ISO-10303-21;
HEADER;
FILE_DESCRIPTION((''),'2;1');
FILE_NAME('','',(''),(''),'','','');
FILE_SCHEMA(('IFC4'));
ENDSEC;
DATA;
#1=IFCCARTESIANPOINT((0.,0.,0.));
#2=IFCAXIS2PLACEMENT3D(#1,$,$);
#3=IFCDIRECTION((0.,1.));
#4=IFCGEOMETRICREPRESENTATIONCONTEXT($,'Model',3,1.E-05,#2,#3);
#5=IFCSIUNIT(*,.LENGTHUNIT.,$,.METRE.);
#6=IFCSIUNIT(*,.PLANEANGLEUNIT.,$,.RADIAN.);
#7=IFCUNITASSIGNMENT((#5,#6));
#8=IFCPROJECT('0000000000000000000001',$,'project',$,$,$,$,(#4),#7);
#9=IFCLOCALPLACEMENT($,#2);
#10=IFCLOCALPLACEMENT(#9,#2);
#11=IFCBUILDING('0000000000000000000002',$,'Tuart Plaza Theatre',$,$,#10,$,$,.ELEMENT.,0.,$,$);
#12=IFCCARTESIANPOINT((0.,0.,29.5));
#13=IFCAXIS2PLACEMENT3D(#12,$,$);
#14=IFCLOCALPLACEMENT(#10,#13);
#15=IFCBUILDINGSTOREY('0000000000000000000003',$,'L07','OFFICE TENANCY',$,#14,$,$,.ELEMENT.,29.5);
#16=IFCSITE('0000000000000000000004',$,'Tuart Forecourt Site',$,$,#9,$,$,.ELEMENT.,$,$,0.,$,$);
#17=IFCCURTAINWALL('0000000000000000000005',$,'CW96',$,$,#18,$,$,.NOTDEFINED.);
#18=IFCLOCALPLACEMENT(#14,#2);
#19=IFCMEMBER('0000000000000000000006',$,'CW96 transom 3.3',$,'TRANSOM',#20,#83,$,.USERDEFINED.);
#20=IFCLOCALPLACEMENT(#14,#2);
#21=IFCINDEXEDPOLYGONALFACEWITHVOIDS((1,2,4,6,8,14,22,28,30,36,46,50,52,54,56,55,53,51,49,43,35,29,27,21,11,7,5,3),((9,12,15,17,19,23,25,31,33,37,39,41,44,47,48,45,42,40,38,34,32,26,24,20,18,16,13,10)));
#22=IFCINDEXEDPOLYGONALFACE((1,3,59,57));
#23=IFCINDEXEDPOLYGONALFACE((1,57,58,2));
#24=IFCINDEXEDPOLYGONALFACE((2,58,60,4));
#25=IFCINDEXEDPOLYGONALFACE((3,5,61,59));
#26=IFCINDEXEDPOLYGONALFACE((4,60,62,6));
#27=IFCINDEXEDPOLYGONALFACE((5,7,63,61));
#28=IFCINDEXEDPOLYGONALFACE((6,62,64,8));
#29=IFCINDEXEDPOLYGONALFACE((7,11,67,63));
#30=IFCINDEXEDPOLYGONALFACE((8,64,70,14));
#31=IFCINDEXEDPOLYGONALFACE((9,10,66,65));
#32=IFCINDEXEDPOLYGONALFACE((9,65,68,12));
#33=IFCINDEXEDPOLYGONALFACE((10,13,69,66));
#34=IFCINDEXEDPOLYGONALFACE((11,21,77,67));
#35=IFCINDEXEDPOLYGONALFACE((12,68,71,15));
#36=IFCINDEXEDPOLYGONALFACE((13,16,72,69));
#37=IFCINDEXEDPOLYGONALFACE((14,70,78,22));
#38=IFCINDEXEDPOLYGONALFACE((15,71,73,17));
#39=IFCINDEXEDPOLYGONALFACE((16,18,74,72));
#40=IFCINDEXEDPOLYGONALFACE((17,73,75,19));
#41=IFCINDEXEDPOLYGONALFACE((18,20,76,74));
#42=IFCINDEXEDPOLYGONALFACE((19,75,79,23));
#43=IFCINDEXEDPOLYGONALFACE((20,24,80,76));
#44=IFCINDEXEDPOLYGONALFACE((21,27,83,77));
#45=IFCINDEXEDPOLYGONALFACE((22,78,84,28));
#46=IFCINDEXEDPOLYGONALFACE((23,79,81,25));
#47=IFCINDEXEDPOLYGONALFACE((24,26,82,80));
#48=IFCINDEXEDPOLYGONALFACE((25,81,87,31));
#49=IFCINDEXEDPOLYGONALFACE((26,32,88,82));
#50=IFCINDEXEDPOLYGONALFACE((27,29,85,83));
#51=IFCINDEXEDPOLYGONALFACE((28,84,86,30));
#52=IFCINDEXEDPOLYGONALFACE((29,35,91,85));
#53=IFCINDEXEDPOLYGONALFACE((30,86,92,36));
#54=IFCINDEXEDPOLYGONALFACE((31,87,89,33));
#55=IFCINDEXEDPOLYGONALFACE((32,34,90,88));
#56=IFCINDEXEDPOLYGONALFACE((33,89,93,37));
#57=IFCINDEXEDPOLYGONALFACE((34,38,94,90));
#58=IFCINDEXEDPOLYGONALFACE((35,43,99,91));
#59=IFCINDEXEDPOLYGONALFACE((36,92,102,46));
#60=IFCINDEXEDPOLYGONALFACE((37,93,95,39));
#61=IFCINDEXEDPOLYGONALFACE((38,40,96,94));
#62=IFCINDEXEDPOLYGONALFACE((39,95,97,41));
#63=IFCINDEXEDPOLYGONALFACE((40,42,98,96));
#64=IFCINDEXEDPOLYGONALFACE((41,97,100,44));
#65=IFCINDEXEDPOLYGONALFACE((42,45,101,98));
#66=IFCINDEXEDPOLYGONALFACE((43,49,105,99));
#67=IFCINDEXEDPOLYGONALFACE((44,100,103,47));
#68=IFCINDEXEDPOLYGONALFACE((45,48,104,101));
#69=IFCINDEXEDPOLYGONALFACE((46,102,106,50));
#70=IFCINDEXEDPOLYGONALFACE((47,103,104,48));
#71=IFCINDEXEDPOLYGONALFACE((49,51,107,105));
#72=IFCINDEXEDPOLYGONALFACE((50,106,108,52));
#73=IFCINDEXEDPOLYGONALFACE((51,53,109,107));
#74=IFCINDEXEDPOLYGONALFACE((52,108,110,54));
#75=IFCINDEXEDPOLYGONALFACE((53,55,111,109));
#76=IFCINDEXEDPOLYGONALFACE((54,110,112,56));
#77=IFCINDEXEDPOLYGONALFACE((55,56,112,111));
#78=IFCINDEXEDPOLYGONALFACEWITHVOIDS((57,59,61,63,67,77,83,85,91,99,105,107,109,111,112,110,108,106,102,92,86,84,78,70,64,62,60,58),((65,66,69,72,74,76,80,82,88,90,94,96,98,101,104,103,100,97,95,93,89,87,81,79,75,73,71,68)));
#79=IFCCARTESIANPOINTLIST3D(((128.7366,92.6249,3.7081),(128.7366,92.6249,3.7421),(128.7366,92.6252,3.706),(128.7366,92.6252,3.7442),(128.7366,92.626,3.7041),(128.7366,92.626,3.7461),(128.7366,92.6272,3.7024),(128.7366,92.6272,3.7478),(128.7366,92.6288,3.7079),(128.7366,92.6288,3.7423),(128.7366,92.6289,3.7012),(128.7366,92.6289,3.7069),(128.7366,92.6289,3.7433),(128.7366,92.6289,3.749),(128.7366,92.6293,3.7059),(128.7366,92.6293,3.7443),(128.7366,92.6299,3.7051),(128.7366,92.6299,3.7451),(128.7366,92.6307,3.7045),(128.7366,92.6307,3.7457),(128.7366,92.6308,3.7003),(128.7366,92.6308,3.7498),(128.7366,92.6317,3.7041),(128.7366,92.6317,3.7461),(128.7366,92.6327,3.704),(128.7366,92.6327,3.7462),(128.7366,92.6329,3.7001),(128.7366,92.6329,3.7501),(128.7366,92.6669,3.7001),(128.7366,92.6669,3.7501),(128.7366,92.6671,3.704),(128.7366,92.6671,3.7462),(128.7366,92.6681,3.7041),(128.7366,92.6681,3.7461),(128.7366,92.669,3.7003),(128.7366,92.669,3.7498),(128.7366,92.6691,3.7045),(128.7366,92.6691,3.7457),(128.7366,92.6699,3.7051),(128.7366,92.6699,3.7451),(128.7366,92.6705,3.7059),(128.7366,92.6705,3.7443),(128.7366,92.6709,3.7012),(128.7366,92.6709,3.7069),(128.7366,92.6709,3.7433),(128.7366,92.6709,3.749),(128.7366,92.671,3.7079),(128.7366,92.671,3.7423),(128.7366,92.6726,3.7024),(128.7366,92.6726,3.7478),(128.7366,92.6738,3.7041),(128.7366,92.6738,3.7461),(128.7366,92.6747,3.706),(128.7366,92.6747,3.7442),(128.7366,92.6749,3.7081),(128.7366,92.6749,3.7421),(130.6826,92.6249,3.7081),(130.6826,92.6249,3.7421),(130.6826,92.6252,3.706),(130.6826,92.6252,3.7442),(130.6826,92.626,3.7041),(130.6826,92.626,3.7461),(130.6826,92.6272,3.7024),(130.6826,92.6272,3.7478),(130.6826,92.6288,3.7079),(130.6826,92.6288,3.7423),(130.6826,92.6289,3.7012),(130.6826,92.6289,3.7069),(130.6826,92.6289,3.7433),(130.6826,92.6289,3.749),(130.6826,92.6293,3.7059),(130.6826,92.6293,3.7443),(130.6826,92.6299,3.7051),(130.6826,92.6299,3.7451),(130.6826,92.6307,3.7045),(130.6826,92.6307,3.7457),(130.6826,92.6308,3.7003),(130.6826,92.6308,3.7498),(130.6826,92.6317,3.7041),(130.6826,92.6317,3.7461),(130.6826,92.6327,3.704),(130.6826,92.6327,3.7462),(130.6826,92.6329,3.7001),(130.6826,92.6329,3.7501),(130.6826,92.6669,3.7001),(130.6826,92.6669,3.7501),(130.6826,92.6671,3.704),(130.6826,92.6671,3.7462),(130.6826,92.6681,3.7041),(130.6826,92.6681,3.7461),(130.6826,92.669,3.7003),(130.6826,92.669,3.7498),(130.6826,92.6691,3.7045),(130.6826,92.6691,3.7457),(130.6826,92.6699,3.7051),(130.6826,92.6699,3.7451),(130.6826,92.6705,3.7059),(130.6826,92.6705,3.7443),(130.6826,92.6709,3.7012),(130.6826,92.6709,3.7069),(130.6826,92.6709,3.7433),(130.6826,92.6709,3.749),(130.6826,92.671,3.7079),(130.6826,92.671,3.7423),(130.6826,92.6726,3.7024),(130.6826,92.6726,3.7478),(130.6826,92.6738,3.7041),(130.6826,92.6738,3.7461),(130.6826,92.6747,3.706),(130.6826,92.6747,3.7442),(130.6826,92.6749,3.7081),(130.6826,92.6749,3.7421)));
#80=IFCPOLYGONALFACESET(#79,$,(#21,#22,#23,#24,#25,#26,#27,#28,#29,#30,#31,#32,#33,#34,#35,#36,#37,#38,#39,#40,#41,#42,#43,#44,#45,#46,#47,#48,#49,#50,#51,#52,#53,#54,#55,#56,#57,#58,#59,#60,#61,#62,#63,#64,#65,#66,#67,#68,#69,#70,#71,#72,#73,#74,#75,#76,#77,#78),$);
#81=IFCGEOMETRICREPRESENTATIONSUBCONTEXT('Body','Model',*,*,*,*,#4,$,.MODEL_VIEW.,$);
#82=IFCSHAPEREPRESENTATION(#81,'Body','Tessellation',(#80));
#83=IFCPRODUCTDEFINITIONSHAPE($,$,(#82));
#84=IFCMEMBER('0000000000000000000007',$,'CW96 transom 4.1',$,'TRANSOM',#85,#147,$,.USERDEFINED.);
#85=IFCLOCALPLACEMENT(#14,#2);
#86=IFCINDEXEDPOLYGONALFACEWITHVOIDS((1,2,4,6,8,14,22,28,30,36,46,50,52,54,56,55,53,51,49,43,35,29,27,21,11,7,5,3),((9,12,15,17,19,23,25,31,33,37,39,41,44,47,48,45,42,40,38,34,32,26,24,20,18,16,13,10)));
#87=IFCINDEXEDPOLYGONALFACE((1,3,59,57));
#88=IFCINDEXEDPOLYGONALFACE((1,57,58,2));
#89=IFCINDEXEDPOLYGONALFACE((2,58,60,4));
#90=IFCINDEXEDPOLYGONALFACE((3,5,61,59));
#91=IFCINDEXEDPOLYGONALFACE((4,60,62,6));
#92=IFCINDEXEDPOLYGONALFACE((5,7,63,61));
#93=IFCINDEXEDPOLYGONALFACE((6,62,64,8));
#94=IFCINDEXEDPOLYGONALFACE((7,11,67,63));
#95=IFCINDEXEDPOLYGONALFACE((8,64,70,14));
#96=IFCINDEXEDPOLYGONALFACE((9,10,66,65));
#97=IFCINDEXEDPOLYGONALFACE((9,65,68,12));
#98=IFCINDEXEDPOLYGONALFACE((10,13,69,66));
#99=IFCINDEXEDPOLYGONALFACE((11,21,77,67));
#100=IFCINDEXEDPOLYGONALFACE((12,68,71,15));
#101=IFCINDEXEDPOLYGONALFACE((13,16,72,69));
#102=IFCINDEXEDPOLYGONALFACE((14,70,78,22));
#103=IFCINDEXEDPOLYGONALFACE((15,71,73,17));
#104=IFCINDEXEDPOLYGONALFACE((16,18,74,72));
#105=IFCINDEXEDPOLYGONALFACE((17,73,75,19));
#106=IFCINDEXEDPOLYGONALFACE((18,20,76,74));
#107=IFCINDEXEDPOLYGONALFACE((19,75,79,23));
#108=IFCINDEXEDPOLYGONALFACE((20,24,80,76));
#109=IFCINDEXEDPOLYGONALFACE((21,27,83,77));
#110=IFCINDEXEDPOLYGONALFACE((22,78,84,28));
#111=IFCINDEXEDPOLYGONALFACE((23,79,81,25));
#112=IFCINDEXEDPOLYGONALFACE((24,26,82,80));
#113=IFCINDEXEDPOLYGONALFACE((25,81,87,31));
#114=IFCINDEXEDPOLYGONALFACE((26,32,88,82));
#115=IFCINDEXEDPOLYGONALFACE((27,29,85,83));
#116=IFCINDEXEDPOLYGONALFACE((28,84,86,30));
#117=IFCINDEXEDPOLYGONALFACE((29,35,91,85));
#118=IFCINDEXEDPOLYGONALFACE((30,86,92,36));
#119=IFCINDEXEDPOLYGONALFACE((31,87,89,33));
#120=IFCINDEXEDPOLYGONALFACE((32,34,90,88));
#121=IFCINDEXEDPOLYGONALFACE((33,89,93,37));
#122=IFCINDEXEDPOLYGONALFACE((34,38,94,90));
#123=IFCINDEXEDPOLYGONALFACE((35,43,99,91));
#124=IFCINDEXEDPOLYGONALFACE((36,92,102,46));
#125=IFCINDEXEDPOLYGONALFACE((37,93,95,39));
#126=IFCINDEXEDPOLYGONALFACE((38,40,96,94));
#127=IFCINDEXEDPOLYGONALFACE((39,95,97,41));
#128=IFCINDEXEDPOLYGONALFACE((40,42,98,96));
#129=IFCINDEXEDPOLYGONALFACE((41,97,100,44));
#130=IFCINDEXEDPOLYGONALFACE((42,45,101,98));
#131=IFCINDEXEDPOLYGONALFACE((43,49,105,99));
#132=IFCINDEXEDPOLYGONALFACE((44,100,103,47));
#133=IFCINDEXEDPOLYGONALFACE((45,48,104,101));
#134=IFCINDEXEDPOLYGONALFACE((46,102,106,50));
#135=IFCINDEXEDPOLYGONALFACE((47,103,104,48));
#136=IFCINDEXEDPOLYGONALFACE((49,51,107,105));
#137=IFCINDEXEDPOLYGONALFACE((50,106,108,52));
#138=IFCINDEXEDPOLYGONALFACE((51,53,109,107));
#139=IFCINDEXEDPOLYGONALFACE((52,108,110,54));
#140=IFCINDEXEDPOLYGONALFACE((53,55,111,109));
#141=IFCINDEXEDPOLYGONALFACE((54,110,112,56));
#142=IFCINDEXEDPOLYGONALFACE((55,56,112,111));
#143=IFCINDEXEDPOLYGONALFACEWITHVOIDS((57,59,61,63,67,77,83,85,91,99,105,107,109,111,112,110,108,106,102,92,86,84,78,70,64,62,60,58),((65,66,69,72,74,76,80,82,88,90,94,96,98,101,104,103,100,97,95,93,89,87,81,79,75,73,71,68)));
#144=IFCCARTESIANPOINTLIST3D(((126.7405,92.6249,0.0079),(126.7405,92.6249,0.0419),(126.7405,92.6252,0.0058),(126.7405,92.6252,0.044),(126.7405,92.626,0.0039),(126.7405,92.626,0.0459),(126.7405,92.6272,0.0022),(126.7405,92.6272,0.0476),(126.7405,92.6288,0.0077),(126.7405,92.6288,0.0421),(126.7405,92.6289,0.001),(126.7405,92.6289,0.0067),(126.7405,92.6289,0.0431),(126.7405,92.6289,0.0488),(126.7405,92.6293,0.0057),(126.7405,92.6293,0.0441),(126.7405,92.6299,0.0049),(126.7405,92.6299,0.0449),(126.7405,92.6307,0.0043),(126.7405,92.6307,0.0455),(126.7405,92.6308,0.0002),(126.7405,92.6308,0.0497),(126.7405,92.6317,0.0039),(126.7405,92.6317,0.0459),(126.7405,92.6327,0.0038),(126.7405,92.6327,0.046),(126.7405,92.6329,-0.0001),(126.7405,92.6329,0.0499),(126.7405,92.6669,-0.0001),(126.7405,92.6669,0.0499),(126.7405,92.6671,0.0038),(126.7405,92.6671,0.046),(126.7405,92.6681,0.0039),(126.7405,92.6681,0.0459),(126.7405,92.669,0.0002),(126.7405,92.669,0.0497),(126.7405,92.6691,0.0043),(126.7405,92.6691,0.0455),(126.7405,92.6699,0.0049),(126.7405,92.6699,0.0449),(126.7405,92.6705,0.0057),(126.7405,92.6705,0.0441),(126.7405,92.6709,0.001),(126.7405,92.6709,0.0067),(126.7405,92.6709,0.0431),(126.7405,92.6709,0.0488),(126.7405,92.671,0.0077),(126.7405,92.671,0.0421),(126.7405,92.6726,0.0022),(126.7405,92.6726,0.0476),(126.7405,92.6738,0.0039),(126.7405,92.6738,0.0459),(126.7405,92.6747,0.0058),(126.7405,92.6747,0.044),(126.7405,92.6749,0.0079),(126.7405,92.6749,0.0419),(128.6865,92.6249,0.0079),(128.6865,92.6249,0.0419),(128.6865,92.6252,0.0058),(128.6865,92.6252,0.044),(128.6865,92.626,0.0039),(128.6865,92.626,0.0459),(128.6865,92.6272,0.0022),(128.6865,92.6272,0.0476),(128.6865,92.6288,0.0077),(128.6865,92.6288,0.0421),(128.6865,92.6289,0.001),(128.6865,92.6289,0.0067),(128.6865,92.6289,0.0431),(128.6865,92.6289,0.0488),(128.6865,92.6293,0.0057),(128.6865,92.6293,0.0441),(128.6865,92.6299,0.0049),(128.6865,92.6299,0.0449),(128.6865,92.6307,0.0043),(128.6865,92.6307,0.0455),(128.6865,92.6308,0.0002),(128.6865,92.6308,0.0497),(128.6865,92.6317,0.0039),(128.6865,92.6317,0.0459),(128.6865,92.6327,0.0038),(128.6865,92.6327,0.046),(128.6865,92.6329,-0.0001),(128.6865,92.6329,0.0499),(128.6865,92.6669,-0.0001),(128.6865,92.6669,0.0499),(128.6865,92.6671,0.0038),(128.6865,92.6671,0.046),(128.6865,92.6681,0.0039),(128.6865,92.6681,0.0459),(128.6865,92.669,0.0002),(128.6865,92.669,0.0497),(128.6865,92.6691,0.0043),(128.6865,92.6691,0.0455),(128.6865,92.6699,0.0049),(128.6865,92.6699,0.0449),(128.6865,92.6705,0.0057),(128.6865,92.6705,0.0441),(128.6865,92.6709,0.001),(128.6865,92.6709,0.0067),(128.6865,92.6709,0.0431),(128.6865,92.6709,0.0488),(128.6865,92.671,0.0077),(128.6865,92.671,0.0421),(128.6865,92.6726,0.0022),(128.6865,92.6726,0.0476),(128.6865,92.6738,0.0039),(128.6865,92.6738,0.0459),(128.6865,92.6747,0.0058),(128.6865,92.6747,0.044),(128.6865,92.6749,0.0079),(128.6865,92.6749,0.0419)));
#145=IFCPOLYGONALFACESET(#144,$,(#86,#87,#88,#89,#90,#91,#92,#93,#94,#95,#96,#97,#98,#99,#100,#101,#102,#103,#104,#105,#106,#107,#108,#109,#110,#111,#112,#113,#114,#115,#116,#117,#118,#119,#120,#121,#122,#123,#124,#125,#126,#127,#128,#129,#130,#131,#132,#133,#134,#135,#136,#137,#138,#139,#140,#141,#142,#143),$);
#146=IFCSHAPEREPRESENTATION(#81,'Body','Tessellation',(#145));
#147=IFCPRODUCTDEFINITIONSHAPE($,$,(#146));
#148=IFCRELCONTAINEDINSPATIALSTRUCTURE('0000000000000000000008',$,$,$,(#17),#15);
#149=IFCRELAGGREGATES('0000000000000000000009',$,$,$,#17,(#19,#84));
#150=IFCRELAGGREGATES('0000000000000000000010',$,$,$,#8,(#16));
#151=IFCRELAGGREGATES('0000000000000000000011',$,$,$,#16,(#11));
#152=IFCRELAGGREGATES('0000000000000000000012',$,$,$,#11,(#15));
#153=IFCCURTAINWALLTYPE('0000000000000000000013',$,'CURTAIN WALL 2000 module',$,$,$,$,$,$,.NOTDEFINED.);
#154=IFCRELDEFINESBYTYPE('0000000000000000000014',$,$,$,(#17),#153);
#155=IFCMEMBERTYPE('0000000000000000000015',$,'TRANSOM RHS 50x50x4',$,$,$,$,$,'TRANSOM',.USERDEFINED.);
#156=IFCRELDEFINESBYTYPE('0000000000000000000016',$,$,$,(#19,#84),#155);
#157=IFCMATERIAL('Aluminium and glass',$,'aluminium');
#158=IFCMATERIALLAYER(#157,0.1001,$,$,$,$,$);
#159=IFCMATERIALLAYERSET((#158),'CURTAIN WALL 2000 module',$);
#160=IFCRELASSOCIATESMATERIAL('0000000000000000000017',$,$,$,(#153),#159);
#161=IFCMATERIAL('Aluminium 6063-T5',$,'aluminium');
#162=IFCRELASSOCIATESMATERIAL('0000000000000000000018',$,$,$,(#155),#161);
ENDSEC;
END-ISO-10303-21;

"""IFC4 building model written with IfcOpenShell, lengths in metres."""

from ifc_helpers import new_model, si_unit, direction, frame, origin, origin_2d, place, context, subcontext, project, spatial, hollow_rectangle, extrude, material, layer, layer_set, material_profile, profile_set, type_object, element, aggregate, save


model = new_model("IFC4")

# Units and contexts
model_context = context("Model", 3, precision=1e-05, world=origin(), true_north=direction((0.0, 1.0)))
body_context = subcontext(model_context, "Body", "Model", "MODEL_VIEW")
ifc_project = project(units=[si_unit("LENGTHUNIT", "METRE"), si_unit("PLANEANGLEUNIT", "RADIAN")], contexts=[model_context])

# Site, building, storey
site_placement = place(None, origin())
site = spatial("IfcSite", under=ifc_project, at=site_placement, Name="Tuart Forecourt Site", CompositionType="ELEMENT", RefElevation=0.0)
building_placement = place(site_placement, origin())
building = spatial("IfcBuilding", under=site, at=building_placement, Name="Tuart Plaza Theatre", CompositionType="ELEMENT", ElevationOfRefHeight=0.0)
storey_placement = place(building_placement, frame((0.0, 0.0, 29.5)))
storey = spatial("IfcBuildingStorey", under=building, at=storey_placement, Name="L07", Description="OFFICE TENANCY", CompositionType="ELEMENT", Elevation=29.5)

# Curtain wall, members
ifc_material_1 = material(Name="Aluminium and glass", Category="aluminium")
ifc_layer_1 = layer(ifc_material_1, 0.1001)
ifc_layer_set_1 = layer_set([ifc_layer_1], Name="CURTAIN WALL 2000 module")
curtain_wall_type = type_object("IfcCurtainWallType", Name="CURTAIN WALL 2000 module", PredefinedType="NOTDEFINED", material=ifc_layer_set_1)
curtain_wall_placement = place(storey_placement, origin())
curtain_wall = element("IfcCurtainWall", 1, at=curtain_wall_placement, inside=storey, type_object=curtain_wall_type, Name="CW96", PredefinedType="NOTDEFINED")
ifc_material_2 = material(Name="Aluminium 6063-T5", Category="aluminium")
ifc_material_profile_1 = material_profile(ifc_material_2, hollow_rectangle(XDim=0.05, YDim=0.05, WallThickness=0.0039, InnerFilletRadius=0.0039, OuterFilletRadius=0.0081, at=origin_2d()), Name="RHS 50x50x4")
ifc_profile_set_1 = profile_set([ifc_material_profile_1], Name="Aluminium 6063-T5")
member_type_1 = type_object("IfcMemberType", Name="TRANSOM RHS 50x50x4", ElementType="TRANSOM", PredefinedType="USERDEFINED", material=ifc_profile_set_1)
member_1_placement = place(storey_placement, frame((130.6826, 92.6499, 3.7251), z_axis=(-1.0, 0.0, 0.0), x_axis=(0.0, -1.0, 0.0)))
member_1 = element("IfcMember", 2, at=member_1_placement, type_object=member_type_1, Name="CW96 transom 3.3", ObjectType="TRANSOM", PredefinedType="USERDEFINED", context=body_context, shape_type="SweptSolid", body=[
    extrude(hollow_rectangle(XDim=0.05, YDim=0.05, WallThickness=0.0039, InnerFilletRadius=0.0039, OuterFilletRadius=0.0081, at=origin_2d()), origin(), (0.0, 0.0, 1.0), 1.946),
])
member_2_placement = place(storey_placement, frame((128.6865, 92.6499, 0.0249), z_axis=(-1.0, 0.0, 0.0), x_axis=(0.0, -1.0, 0.0)))
member_2 = element("IfcMember", 3, at=member_2_placement, type_object=member_type_1, Name="CW96 transom 4.1", ObjectType="TRANSOM", PredefinedType="USERDEFINED", context=body_context, shape_type="SweptSolid", body=[
    extrude(hollow_rectangle(XDim=0.05, YDim=0.05, WallThickness=0.0039, InnerFilletRadius=0.0039, OuterFilletRadius=0.0081, at=origin_2d()), origin(), (0.0, 0.0, 1.0), 1.946),
])
aggregate(curtain_wall, [member_1, member_2])

save(model, "model.ifc")
